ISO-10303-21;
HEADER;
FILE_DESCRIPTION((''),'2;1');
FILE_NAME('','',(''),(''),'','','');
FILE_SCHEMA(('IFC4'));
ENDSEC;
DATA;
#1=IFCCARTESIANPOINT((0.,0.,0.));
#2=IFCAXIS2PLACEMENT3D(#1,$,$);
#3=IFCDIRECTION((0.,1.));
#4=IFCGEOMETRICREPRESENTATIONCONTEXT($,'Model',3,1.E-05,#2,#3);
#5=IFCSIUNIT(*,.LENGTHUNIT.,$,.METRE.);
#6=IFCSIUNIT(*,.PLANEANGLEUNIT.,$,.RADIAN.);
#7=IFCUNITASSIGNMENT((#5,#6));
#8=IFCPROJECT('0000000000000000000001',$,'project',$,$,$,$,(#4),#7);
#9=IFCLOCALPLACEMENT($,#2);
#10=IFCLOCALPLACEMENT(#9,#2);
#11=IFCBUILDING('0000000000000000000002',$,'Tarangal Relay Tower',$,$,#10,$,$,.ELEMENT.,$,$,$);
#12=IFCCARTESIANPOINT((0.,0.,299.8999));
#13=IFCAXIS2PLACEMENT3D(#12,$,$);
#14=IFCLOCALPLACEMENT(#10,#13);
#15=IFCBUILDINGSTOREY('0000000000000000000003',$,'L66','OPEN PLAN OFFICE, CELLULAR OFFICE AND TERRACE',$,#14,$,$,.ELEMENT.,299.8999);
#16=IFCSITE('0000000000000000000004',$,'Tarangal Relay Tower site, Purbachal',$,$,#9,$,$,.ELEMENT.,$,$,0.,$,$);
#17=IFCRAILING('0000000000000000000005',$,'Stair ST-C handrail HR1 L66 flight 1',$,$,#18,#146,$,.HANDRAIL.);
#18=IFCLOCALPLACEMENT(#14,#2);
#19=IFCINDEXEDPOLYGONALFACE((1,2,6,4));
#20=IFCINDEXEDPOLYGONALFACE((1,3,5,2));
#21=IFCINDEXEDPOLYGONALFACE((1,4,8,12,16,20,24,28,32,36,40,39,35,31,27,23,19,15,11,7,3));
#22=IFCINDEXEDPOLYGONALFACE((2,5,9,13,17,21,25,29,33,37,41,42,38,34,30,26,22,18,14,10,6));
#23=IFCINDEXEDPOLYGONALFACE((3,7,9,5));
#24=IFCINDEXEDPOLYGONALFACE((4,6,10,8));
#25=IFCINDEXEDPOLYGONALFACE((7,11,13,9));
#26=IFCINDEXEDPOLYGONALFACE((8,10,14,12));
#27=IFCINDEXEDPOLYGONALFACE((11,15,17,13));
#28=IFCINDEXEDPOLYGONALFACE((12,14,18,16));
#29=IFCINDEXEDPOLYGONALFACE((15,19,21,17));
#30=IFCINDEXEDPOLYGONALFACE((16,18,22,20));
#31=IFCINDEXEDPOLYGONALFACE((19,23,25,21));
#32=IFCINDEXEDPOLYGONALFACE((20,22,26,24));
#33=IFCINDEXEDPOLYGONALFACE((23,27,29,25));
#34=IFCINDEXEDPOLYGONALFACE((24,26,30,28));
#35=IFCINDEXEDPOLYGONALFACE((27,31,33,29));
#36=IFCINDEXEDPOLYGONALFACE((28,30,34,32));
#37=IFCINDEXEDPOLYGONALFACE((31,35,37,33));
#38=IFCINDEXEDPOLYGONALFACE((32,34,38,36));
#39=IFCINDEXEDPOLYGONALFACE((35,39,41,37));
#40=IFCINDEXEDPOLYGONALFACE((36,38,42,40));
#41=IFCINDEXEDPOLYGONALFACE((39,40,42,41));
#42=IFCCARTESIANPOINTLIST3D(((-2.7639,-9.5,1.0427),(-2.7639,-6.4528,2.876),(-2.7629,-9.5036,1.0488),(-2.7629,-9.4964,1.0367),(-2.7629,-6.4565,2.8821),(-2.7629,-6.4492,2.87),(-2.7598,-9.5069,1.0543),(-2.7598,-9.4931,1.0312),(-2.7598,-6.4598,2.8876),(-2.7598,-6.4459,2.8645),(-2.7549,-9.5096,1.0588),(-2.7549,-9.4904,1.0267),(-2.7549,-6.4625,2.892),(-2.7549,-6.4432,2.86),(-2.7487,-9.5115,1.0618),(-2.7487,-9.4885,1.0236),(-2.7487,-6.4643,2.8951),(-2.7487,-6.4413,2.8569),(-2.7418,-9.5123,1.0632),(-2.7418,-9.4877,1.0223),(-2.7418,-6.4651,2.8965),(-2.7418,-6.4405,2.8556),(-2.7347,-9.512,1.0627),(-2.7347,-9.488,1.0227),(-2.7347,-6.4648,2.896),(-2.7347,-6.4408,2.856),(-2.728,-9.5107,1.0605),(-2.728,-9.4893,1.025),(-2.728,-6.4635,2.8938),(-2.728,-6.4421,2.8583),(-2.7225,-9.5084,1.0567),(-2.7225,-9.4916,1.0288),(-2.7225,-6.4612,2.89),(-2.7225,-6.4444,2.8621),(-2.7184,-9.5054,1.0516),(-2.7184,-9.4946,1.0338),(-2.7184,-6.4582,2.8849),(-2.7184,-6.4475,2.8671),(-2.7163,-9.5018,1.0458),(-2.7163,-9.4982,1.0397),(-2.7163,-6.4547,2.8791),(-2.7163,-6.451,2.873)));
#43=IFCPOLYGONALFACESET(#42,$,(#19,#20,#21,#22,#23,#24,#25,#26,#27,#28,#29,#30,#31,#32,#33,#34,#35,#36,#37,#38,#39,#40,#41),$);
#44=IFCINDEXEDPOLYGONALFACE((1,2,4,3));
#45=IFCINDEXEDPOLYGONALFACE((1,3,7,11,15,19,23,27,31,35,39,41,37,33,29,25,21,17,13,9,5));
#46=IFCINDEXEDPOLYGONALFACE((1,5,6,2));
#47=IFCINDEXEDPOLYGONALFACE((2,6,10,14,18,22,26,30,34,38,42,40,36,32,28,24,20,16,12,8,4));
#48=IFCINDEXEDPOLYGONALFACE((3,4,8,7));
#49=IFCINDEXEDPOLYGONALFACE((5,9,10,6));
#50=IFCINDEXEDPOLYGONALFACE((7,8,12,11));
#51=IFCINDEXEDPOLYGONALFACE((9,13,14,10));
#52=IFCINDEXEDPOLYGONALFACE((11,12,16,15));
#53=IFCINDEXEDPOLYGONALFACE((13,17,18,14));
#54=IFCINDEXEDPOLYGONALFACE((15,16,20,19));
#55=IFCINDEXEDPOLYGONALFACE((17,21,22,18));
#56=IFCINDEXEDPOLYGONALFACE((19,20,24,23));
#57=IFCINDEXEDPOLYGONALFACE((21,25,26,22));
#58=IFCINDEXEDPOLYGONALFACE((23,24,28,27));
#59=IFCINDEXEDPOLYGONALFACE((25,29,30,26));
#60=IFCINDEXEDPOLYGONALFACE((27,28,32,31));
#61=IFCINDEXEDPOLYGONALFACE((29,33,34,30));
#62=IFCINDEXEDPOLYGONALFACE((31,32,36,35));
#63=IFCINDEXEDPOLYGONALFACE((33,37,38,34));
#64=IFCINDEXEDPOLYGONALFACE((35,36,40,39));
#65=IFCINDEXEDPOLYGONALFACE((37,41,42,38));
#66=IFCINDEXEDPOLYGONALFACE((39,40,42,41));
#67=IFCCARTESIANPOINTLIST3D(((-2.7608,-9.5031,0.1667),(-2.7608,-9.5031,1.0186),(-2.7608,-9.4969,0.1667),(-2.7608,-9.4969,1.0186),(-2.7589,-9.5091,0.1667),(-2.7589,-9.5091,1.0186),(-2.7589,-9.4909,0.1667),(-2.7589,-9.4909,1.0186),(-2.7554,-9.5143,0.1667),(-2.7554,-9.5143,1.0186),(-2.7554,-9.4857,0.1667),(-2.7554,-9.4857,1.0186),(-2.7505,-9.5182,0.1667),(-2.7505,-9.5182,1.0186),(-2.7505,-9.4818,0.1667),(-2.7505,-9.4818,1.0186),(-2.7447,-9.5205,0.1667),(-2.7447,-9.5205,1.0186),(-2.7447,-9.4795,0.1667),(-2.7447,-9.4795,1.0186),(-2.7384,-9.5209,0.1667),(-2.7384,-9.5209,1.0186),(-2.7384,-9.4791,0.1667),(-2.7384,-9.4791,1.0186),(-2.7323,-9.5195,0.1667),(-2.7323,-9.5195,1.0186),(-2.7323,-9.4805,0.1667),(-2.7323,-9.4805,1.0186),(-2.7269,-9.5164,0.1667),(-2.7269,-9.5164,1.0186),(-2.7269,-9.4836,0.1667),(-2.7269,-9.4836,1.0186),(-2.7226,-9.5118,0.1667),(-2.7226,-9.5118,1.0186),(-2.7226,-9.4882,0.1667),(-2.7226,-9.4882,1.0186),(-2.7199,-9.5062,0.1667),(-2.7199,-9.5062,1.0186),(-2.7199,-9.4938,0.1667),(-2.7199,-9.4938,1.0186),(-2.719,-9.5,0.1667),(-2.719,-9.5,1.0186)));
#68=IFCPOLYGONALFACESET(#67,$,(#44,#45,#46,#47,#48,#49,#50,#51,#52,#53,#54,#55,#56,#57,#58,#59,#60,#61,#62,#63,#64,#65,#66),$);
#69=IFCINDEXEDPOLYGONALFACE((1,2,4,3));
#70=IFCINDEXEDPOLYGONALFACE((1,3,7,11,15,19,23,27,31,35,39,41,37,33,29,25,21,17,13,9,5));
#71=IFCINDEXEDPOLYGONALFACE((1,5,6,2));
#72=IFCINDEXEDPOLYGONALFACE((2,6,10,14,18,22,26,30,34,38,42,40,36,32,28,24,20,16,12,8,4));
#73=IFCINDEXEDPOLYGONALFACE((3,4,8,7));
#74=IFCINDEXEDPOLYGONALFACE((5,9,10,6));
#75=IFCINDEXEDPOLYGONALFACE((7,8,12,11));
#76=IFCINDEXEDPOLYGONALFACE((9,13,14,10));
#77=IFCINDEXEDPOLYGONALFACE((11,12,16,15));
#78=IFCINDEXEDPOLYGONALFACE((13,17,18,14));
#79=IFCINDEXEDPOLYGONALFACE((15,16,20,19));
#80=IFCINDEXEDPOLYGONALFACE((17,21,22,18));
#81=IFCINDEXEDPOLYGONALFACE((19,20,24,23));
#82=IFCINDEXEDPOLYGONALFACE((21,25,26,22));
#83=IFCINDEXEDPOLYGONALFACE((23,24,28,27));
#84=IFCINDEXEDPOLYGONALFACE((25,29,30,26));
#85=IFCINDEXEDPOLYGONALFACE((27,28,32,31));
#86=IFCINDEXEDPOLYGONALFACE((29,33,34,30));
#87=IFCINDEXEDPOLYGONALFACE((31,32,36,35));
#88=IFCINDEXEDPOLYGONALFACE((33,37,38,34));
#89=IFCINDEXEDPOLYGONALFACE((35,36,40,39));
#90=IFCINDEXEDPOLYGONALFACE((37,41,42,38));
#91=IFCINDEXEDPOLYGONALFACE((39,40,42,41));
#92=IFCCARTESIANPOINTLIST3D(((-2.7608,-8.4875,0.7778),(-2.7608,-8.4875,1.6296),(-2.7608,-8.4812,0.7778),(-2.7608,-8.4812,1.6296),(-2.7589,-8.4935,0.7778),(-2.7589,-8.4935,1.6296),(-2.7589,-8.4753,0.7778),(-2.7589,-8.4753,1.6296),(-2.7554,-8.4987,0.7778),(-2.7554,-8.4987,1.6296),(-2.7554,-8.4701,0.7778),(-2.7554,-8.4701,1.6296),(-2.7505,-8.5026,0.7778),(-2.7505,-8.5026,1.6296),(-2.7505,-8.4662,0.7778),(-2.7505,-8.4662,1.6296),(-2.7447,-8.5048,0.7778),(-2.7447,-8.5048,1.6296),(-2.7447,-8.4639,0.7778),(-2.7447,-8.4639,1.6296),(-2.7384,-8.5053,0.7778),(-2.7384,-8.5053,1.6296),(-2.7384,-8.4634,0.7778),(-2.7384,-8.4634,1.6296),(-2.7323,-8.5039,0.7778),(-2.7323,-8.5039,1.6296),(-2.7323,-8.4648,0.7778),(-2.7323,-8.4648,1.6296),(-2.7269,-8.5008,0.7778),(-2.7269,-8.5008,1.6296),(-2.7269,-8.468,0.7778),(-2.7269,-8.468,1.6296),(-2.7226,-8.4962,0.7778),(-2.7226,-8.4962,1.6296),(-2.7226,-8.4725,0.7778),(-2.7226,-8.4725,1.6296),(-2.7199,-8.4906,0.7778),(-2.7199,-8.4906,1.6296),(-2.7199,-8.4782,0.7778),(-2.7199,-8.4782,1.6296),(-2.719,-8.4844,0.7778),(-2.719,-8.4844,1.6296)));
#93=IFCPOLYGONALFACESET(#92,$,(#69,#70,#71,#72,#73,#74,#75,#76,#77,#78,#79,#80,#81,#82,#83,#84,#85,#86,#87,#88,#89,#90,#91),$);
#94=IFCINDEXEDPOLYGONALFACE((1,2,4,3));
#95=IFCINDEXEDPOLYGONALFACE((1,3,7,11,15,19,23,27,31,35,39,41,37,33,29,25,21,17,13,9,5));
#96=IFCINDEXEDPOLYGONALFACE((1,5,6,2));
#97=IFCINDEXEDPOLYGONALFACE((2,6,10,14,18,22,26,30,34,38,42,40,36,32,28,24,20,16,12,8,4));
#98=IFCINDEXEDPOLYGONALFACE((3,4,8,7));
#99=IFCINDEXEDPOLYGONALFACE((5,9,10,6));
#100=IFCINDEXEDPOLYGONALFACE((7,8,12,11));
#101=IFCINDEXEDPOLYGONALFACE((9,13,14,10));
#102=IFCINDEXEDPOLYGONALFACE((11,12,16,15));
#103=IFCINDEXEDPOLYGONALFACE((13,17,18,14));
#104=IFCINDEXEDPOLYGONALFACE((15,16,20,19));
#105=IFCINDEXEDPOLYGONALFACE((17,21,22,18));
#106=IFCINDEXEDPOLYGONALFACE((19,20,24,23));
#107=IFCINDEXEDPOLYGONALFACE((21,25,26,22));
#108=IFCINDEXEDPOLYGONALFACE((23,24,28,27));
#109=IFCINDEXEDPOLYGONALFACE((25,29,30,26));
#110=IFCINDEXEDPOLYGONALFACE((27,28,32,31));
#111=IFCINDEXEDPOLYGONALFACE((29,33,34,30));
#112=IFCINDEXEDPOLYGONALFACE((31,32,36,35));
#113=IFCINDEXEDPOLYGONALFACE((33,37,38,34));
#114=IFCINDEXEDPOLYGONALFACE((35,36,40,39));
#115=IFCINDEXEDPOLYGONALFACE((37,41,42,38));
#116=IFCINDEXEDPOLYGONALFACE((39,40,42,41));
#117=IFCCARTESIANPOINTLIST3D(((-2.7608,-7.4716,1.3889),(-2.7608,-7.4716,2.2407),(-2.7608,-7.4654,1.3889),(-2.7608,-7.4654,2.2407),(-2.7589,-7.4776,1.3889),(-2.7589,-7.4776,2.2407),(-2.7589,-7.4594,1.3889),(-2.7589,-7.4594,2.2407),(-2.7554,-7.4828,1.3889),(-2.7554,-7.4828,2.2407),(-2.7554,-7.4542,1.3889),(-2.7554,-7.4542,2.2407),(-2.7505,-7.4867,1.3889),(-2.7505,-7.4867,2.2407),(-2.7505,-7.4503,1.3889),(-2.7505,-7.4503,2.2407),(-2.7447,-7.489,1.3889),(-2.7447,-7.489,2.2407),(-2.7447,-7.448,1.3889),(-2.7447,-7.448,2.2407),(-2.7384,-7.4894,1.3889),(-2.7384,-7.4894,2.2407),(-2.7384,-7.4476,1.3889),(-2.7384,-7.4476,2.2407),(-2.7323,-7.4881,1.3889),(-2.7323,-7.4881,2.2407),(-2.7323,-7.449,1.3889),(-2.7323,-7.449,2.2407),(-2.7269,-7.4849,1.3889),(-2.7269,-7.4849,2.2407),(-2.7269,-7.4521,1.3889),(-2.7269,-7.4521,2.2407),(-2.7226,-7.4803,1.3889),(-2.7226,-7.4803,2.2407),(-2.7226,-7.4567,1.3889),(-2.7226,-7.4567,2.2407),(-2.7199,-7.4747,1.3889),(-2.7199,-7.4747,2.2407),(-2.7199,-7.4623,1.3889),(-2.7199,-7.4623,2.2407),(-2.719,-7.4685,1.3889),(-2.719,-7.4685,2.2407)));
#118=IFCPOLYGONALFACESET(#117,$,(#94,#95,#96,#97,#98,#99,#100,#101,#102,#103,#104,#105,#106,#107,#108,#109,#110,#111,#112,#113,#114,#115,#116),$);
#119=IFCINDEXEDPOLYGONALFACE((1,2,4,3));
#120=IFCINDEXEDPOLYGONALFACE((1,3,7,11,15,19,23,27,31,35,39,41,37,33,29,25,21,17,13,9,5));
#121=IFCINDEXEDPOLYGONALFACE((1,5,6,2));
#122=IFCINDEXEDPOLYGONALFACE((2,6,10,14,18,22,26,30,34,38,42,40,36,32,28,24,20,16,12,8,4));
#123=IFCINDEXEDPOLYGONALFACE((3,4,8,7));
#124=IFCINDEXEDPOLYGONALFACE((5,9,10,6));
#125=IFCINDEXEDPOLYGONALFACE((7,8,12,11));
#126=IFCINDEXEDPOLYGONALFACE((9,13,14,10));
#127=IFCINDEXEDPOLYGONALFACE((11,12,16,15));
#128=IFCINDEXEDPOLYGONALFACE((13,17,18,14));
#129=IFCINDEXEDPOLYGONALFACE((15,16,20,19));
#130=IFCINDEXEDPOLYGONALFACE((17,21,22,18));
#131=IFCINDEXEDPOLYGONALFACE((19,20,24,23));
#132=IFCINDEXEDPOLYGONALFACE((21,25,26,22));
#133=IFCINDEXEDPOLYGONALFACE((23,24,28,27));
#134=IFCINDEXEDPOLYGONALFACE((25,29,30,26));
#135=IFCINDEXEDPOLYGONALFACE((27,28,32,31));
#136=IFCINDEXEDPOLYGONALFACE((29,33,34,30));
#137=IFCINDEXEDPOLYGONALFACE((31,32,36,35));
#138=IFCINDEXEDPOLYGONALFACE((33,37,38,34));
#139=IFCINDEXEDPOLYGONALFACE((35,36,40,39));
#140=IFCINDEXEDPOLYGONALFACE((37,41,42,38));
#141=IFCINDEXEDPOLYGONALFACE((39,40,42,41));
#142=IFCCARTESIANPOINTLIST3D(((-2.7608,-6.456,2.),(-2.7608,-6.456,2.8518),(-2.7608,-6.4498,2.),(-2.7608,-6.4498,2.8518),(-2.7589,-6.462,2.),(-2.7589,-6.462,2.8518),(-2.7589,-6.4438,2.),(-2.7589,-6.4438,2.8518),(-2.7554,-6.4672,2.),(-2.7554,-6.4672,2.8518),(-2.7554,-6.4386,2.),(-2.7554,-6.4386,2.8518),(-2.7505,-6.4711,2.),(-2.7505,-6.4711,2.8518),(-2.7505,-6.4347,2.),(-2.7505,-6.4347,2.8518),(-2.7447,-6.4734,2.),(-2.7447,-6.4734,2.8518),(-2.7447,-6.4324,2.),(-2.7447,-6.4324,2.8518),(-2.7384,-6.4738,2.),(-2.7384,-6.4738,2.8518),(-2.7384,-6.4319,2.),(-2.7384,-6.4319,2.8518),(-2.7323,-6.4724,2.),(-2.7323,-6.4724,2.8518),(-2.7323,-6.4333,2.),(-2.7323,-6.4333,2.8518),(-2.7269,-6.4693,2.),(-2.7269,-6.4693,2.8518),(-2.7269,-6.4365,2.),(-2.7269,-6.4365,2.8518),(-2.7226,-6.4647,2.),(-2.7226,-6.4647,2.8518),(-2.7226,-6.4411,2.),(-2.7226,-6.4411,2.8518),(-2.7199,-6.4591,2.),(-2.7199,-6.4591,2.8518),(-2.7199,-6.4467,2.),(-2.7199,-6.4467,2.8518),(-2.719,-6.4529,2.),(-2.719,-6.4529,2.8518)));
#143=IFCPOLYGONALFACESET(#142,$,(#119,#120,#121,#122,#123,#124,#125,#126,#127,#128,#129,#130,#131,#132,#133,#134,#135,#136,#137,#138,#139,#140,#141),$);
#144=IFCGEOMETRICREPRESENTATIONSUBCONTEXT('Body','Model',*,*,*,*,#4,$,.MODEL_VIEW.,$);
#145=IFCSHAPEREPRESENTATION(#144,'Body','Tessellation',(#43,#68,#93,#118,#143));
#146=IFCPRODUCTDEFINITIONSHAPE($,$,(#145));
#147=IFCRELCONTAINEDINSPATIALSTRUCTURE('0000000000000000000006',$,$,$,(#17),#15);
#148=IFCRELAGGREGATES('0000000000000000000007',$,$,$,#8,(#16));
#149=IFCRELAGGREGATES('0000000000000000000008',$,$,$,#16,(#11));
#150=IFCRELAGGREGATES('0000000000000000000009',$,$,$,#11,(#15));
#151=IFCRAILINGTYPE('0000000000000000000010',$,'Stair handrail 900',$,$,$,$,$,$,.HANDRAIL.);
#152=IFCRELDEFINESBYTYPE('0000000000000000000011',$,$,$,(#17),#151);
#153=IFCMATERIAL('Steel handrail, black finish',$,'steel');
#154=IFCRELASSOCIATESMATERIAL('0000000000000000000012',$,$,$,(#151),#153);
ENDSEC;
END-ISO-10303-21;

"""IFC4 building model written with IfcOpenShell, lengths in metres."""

from ifc_helpers import new_model, si_unit, direction, frame, origin, origin_2d, place, context, subcontext, project, spatial, circle, extrude, material, type_object, element, save


model = new_model("IFC4")

# Units and contexts
model_context = context("Model", 3, precision=1e-05, world=origin(), true_north=direction((0.0, 1.0)))
body_context = subcontext(model_context, "Body", "Model", "MODEL_VIEW")
ifc_project = project(units=[si_unit("LENGTHUNIT", "METRE"), si_unit("PLANEANGLEUNIT", "RADIAN")], contexts=[model_context])

# Site, building, storey
site_placement = place(None, origin())
site = spatial("IfcSite", under=ifc_project, at=site_placement, Name="Tarangal Relay Tower site, Purbachal", CompositionType="ELEMENT", RefElevation=0.0)
building_placement = place(site_placement, origin())
building = spatial("IfcBuilding", under=site, at=building_placement, Name="Tarangal Relay Tower", CompositionType="ELEMENT")
storey_placement = place(building_placement, frame((0.0, 0.0, 299.8999)))
storey = spatial("IfcBuildingStorey", under=building, at=storey_placement, Name="L66", Description="OPEN PLAN OFFICE, CELLULAR OFFICE AND TERRACE", CompositionType="ELEMENT", Elevation=299.8999)

# Railing
ifc_material_1 = material(Name="Steel handrail, black finish", Category="steel")
railing_type_1 = type_object("IfcRailingType", Name="Stair handrail 900", PredefinedType="HANDRAIL", material=ifc_material_1)
railing_1_placement = place(storey_placement, frame((-2.74, -9.5, 0.1667)))
element("IfcRailing", 1, at=railing_1_placement, inside=storey, type_object=railing_type_1, Name="Stair ST-C handrail HR1 L66 flight 1", PredefinedType="HANDRAIL", context=body_context, shape_type="SweptSolid", body=[
    extrude(circle(Radius=0.0239, at=origin_2d()), frame((0.0, 0.0, 0.876), z_axis=(0.0, 0.856874, 0.515525), x_axis=(-1.0, 0.0, 0.0)), (0.0, 0.0, 1.0), 3.5562),
    extrude(circle(Radius=0.021, at=origin_2d()), origin(), (0.0, 0.0, 1.0), 0.8518),
    extrude(circle(Radius=0.021, at=origin_2d()), frame((0.0, 1.0156, 0.6111)), (0.0, 0.0, 1.0), 0.8518),
    extrude(circle(Radius=0.021, at=origin_2d()), frame((0.0, 2.0315, 1.2222)), (0.0, 0.0, 1.0), 0.8518),
    extrude(circle(Radius=0.021, at=origin_2d()), frame((0.0, 3.0471, 1.8333)), (0.0, 0.0, 1.0), 0.8518),
])

save(model, "model.ifc")
